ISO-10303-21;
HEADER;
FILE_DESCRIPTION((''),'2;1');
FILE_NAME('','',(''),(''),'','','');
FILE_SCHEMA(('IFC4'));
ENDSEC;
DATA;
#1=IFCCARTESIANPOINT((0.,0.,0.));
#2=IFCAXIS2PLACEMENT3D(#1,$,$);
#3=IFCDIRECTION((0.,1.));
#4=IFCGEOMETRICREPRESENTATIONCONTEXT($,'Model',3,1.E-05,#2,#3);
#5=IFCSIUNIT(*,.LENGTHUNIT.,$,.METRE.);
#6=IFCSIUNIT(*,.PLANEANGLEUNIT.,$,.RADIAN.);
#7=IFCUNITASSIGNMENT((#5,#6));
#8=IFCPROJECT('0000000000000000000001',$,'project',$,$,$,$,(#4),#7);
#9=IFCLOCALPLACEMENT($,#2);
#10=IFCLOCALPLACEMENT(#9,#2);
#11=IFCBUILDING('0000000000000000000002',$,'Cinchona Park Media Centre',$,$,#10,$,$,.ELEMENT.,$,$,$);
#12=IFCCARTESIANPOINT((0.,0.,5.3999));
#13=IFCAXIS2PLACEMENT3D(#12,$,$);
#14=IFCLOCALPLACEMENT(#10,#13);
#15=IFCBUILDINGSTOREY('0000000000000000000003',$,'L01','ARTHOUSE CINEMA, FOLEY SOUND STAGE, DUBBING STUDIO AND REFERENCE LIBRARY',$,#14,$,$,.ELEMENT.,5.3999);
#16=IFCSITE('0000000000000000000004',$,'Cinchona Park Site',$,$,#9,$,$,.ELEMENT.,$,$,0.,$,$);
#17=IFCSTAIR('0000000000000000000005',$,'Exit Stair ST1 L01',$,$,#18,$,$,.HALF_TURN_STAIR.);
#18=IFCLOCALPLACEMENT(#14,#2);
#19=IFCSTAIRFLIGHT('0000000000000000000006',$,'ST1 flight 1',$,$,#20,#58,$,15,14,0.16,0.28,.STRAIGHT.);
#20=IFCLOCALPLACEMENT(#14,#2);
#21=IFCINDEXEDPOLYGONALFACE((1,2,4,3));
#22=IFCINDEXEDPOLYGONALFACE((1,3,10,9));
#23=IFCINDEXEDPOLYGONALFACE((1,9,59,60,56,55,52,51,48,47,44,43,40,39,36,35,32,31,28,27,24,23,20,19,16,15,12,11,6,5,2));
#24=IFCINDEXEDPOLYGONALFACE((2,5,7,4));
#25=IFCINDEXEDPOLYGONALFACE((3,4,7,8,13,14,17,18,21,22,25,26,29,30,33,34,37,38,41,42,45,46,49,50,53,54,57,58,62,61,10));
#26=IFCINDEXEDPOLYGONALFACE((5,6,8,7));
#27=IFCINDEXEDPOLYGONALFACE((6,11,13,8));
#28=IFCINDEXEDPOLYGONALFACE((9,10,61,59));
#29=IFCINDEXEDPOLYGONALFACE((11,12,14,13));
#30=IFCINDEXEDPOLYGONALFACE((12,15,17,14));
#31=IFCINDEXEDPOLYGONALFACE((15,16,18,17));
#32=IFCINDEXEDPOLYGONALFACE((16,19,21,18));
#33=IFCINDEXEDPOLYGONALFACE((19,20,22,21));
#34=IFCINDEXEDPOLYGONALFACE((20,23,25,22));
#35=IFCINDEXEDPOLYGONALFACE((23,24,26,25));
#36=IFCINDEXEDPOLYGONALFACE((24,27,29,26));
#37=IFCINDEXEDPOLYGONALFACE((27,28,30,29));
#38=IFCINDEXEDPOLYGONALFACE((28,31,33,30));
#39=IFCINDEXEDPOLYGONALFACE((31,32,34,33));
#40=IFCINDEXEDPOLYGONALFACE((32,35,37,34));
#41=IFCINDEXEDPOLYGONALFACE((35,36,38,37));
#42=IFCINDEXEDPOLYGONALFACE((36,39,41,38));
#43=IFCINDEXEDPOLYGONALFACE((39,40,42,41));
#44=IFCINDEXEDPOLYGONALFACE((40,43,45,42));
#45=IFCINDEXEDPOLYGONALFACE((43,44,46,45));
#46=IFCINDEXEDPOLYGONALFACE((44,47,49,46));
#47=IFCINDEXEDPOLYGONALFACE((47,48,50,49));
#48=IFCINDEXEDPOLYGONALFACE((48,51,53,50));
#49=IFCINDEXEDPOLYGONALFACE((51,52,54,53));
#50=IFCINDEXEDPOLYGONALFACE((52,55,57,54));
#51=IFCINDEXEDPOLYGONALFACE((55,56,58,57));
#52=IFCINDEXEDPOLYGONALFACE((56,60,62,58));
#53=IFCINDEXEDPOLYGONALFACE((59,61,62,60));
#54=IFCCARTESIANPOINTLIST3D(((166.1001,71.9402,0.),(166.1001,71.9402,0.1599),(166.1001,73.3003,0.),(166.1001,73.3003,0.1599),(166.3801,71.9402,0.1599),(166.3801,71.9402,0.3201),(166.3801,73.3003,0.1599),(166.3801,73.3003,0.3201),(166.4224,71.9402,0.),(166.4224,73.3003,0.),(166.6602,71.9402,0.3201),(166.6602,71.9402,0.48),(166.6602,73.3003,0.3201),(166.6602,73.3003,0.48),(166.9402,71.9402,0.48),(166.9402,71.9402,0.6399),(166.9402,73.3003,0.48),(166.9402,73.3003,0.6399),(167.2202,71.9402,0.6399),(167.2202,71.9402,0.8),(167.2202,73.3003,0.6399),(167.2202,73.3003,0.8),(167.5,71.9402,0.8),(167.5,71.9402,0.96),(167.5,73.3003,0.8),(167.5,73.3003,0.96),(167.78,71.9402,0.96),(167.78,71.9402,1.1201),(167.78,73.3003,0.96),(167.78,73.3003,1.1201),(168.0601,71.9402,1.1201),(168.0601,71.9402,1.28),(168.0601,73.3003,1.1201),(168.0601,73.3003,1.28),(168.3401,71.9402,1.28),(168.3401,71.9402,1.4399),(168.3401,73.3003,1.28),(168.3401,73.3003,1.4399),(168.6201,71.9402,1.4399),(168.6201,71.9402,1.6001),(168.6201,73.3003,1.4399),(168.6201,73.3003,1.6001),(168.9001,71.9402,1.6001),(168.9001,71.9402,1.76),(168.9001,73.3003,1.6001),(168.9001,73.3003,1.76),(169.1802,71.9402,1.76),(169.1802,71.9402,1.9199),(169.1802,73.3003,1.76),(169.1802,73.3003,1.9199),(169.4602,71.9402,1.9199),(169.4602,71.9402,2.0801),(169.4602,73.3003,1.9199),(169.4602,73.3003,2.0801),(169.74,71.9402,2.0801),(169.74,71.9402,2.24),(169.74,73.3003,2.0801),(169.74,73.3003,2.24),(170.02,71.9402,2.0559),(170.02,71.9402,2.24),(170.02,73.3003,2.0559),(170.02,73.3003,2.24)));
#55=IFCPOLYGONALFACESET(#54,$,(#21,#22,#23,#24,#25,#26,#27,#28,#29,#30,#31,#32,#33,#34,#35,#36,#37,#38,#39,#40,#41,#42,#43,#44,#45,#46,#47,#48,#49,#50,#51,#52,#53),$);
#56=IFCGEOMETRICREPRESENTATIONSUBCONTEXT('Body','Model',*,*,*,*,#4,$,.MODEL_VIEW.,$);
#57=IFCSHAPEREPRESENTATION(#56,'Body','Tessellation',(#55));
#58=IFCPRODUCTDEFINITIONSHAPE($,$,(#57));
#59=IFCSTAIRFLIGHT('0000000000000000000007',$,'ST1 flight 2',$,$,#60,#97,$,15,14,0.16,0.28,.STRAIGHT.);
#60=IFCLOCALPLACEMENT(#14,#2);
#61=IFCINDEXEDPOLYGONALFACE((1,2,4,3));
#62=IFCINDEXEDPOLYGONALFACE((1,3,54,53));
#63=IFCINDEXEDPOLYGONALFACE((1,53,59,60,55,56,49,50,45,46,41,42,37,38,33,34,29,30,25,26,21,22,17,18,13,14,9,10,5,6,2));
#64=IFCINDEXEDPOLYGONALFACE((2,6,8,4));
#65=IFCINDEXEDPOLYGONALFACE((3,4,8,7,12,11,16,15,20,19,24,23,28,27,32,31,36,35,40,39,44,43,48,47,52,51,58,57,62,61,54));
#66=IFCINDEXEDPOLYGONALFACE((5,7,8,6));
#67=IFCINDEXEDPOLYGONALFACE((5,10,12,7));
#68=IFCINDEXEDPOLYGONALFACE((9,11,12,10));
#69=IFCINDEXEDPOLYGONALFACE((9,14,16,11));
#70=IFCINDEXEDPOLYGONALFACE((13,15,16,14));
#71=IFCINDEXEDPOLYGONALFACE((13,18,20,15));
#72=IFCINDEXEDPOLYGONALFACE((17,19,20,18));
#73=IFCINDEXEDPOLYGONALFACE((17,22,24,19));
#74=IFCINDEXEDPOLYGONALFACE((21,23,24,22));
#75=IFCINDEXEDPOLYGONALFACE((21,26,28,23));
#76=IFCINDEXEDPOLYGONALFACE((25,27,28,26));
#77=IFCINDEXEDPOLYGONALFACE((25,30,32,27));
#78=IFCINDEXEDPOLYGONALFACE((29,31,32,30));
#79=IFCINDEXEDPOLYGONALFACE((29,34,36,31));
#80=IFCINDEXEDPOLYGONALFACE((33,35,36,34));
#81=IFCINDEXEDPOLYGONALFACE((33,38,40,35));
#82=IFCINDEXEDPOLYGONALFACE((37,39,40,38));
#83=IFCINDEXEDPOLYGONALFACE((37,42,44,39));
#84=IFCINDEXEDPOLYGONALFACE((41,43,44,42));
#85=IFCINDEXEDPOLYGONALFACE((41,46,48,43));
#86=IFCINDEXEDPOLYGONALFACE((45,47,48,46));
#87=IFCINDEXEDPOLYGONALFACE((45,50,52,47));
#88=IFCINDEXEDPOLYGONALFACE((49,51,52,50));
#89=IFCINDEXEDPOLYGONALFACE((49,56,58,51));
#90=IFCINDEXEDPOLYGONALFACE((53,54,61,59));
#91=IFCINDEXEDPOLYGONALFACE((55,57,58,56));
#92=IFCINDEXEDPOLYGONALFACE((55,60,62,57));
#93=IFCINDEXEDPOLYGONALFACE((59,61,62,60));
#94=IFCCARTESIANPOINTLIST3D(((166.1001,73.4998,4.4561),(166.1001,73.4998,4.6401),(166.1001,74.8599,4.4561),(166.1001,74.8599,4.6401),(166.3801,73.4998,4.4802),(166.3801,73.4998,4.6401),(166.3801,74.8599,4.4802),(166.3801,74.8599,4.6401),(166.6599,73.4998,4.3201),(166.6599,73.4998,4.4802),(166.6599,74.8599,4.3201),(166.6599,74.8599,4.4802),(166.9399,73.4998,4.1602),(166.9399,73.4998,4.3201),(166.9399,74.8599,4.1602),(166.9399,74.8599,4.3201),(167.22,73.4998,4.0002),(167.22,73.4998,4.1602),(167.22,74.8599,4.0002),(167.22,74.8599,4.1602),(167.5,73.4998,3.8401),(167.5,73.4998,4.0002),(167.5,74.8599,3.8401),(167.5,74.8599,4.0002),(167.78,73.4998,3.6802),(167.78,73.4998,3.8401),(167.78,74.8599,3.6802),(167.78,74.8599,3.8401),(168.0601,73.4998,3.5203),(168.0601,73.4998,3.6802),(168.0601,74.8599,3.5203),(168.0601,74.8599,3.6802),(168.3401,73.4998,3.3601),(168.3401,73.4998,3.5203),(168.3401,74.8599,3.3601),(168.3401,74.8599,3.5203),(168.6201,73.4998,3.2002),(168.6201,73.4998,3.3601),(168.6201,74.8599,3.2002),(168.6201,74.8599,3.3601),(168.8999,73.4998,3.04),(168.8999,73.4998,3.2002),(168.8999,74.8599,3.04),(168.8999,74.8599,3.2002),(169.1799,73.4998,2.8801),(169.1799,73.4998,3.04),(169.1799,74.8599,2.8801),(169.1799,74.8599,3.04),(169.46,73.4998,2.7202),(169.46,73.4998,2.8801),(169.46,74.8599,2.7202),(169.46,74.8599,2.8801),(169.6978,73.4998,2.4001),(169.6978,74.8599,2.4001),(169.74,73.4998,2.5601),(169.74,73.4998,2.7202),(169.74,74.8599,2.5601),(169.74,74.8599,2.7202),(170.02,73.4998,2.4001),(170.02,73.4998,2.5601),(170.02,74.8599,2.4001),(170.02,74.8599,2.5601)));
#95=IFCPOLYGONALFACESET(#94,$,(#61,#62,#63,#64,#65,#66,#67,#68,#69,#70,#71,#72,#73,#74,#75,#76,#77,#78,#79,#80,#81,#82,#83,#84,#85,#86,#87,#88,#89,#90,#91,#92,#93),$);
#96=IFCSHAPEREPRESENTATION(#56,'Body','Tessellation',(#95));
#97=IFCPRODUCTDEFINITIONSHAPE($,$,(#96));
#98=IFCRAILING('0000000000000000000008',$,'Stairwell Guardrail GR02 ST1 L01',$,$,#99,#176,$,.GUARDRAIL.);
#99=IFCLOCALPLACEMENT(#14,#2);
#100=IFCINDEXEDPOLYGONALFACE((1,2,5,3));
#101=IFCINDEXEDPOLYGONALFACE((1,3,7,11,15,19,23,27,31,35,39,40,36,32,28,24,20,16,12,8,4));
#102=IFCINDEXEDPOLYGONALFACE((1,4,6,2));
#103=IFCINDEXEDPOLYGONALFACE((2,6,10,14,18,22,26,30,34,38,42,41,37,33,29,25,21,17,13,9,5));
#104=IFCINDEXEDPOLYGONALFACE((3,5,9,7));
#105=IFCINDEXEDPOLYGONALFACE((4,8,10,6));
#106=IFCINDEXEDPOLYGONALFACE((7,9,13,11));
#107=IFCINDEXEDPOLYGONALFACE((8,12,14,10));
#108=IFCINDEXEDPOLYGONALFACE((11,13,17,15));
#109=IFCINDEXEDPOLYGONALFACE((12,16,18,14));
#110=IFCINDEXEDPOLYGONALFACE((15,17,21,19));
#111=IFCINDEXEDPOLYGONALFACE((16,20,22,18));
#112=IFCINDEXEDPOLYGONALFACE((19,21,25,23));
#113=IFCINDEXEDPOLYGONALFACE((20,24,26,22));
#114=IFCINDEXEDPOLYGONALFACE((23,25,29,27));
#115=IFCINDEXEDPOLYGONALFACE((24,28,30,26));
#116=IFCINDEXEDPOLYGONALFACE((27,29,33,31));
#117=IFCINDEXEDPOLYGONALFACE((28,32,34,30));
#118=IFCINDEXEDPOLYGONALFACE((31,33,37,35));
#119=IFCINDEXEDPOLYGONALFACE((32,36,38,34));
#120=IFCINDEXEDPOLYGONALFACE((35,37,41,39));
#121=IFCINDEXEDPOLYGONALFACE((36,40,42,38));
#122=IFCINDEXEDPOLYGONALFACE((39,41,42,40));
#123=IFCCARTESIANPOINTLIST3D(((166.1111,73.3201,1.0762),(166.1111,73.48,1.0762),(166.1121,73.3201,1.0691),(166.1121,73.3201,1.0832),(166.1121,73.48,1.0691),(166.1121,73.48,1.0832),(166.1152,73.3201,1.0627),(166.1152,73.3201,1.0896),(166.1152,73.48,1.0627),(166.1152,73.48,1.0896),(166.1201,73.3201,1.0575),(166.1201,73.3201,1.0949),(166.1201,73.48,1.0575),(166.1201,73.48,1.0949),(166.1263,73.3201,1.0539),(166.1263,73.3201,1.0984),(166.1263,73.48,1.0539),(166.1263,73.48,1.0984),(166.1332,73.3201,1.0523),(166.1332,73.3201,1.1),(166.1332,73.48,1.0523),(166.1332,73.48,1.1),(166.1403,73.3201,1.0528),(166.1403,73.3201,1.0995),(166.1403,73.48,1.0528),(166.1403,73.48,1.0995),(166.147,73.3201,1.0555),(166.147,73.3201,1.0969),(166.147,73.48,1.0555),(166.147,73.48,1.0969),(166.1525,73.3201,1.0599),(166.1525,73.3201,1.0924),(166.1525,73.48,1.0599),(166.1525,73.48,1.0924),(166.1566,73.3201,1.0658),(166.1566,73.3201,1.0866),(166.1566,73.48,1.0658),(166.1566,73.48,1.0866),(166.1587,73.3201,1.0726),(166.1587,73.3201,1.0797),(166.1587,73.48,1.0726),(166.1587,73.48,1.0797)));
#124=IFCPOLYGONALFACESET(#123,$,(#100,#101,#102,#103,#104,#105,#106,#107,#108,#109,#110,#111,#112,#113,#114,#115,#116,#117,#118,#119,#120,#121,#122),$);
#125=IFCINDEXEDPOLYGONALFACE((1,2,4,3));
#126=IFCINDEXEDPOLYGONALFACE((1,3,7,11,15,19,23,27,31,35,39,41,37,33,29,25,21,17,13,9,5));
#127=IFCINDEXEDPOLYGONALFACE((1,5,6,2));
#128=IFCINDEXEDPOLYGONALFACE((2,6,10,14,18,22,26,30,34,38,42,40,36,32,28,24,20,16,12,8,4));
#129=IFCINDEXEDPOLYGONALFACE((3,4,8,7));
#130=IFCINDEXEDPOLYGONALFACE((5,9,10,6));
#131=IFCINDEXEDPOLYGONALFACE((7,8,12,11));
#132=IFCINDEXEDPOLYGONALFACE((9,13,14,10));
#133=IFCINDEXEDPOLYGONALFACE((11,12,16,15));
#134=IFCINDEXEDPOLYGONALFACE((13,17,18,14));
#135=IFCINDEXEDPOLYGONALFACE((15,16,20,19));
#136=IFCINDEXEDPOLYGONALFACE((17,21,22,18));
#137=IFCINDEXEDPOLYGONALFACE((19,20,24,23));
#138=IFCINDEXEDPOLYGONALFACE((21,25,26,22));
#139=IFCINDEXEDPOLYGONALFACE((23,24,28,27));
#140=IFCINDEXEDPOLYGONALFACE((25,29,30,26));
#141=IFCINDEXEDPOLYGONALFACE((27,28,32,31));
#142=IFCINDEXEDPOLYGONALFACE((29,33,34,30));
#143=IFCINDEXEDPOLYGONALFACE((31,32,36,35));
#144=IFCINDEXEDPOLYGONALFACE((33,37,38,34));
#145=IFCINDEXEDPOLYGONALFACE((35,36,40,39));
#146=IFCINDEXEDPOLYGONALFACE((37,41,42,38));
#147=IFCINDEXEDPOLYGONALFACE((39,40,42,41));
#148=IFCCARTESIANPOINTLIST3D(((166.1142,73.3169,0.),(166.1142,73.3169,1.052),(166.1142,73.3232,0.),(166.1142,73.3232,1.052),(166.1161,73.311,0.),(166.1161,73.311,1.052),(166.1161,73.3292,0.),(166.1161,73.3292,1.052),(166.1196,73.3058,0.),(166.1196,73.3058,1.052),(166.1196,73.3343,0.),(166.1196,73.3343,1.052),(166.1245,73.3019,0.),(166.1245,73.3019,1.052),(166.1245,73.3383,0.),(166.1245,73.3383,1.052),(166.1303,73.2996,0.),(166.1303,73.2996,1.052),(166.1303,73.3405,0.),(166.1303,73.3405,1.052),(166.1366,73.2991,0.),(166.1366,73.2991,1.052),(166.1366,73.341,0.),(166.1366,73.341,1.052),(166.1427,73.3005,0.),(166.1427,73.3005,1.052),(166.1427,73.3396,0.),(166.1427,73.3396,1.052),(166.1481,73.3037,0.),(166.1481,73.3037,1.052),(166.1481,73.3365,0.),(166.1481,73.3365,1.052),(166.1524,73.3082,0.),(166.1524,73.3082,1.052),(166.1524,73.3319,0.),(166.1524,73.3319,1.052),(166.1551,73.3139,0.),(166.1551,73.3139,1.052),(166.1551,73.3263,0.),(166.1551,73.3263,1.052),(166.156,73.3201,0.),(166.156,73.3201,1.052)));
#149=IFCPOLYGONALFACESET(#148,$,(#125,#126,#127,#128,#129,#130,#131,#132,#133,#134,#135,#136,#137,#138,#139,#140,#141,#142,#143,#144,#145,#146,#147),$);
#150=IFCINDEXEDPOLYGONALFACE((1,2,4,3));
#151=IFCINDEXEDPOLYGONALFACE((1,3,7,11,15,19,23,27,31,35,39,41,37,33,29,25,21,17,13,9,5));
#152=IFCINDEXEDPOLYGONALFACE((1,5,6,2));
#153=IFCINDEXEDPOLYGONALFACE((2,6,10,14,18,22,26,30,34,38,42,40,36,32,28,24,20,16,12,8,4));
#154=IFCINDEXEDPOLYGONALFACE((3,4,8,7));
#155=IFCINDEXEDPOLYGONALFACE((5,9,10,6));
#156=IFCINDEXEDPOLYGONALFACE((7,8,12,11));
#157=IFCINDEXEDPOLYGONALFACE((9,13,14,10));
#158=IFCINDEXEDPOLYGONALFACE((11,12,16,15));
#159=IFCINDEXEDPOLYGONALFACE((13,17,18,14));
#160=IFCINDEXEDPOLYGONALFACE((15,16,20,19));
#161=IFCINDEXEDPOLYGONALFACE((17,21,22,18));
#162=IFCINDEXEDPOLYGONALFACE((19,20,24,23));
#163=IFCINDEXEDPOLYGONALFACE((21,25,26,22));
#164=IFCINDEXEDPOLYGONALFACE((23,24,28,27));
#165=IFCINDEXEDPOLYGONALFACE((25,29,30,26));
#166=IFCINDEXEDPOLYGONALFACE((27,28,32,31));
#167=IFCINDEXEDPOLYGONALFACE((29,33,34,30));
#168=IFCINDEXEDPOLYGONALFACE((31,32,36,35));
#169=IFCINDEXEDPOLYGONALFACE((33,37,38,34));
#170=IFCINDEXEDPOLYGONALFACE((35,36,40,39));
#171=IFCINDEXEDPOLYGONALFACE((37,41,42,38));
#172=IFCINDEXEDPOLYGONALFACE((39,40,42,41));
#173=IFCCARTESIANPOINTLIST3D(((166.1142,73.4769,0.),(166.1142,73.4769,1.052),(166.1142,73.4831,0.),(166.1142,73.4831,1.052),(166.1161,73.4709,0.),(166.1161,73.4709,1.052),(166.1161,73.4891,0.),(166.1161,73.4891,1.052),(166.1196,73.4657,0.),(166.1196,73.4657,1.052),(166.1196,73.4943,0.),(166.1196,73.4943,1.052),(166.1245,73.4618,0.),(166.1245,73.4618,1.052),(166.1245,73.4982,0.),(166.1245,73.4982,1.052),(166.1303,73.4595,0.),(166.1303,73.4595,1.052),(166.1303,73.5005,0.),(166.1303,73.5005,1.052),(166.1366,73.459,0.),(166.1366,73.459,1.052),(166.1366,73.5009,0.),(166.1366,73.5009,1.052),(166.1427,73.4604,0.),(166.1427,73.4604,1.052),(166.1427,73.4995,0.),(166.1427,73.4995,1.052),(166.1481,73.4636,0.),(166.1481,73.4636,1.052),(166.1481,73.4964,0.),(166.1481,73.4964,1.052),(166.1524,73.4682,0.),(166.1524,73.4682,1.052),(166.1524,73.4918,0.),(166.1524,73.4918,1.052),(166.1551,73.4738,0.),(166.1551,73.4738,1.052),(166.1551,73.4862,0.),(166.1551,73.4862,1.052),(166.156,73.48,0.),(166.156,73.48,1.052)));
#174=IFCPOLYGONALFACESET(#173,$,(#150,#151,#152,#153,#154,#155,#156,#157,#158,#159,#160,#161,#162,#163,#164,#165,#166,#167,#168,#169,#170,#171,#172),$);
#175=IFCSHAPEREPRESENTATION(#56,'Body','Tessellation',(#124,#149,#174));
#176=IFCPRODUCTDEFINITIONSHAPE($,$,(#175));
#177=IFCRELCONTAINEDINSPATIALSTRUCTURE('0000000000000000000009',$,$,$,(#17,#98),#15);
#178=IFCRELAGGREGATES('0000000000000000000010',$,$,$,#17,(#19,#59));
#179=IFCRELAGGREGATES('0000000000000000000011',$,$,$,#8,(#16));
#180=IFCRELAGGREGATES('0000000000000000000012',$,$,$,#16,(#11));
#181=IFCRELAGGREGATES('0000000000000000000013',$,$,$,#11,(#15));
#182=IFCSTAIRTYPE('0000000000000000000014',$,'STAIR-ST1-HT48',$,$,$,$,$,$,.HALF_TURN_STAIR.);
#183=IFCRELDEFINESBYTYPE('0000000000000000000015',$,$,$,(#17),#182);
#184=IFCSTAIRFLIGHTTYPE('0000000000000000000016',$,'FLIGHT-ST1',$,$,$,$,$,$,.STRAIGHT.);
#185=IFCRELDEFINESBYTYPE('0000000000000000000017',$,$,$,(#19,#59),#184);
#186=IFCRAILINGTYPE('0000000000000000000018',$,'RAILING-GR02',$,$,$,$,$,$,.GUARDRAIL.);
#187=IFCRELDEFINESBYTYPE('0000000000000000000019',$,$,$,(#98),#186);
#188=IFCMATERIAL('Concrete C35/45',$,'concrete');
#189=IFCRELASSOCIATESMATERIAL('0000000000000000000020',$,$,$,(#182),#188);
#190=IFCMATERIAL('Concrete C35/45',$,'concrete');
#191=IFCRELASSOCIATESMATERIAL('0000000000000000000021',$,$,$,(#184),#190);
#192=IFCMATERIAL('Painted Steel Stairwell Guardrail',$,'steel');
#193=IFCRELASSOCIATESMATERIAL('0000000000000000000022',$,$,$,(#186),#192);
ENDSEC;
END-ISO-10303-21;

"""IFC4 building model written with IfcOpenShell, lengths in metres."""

from ifc_helpers import new_model, si_unit, direction, frame, origin, origin_2d, place, context, subcontext, project, spatial, polyline, circle, outline, extrude, material, type_object, element, aggregate, save


model = new_model("IFC4")

# Units and contexts
model_context = context("Model", 3, precision=1e-05, world=origin(), true_north=direction((0.0, 1.0)))
body_context = subcontext(model_context, "Body", "Model", "MODEL_VIEW")
ifc_project = project(units=[si_unit("LENGTHUNIT", "METRE"), si_unit("PLANEANGLEUNIT", "RADIAN")], contexts=[model_context])

# Site, building, storey
site_placement = place(None, origin())
site = spatial("IfcSite", under=ifc_project, at=site_placement, Name="Cinchona Park Site", CompositionType="ELEMENT", RefElevation=0.0)
building_placement = place(site_placement, origin())
building = spatial("IfcBuilding", under=site, at=building_placement, Name="Cinchona Park Media Centre", CompositionType="ELEMENT")
storey_placement = place(building_placement, frame((0.0, 0.0, 5.3999)))
storey = spatial("IfcBuildingStorey", under=building, at=storey_placement, Name="L01", Description="ARTHOUSE CINEMA, FOLEY SOUND STAGE, DUBBING STUDIO AND REFERENCE LIBRARY", CompositionType="ELEMENT", Elevation=5.3999)

# Stair, stair flights
ifc_material_1 = material(Name="Concrete C35/45", Category="concrete")
stair_type = type_object("IfcStairType", Name="STAIR-ST1-HT48", PredefinedType="HALF_TURN_STAIR", material=ifc_material_1)
stair_placement = place(storey_placement, origin())
stair = element("IfcStair", 1, at=stair_placement, inside=storey, type_object=stair_type, Name="Exit Stair ST1 L01", PredefinedType="HALF_TURN_STAIR")
ifc_material_2 = material(Name="Concrete C35/45", Category="concrete")
stair_flight_type = type_object("IfcStairFlightType", Name="FLIGHT-ST1", PredefinedType="STRAIGHT", material=ifc_material_2)
stair_flight_1_placement = place(storey_placement, frame((166.1001, 72.6201, 0.0), z_axis=(0.0, 0.0, 1.0), x_axis=(1.0, 0.0, 0.0)))
stair_flight_1 = element("IfcStairFlight", 2, at=stair_flight_1_placement, type_object=stair_flight_type, Name="ST1 flight 1", NumberOfRisers=15, NumberOfTreads=14, PredefinedType="STRAIGHT", RiserHeight=0.16, TreadLength=0.28, context=body_context, shape_type="SweptSolid", body=[
    extrude(outline(polyline([(0.0, 0.0), (0.0, 0.1599), (0.28, 0.1599), (0.28, 0.3201), (0.5601, 0.3201), (0.5601, 0.48), (0.8401, 0.48), (0.8401, 0.6399), (1.1201, 0.6399), (1.1201, 0.8), (1.3999, 0.8), (1.3999, 0.96), (1.6799, 0.96), (1.6799, 1.1201), (1.96, 1.1201), (1.96, 1.28), (2.24, 1.28), (2.24, 1.4399), (2.52, 1.4399), (2.52, 1.6001), (2.8, 1.6001), (2.8, 1.76), (3.0801, 1.76), (3.0801, 1.9199), (3.3601, 1.9199), (3.3601, 2.0801), (3.6399, 2.0801), (3.6399, 2.24), (3.9199, 2.24), (3.9199, 2.3999), (3.9199, 2.0559), (0.3223, 0.0), (0.0, 0.0)])), frame((0.0, 0.6802, 0.0), z_axis=(0.0, -1.0, 0.0), x_axis=(1.0, 0.0, 0.0)), (0.0, 0.0, 1.0), 1.3601),
])
stair_flight_2_placement = place(storey_placement, frame((170.02, 74.1799, 2.4001), z_axis=(0.0, 0.0, 1.0), x_axis=(-1.0, 0.0, 0.0)))
stair_flight_2 = element("IfcStairFlight", 3, at=stair_flight_2_placement, type_object=stair_flight_type, Name="ST1 flight 2", NumberOfRisers=15, NumberOfTreads=14, PredefinedType="STRAIGHT", RiserHeight=0.16, TreadLength=0.28, context=body_context, shape_type="SweptSolid", body=[
    extrude(outline(polyline([(0.0, 0.0), (0.0, 0.1599), (0.28, 0.1599), (0.28, 0.3201), (0.5601, 0.3201), (0.5601, 0.48), (0.8401, 0.48), (0.8401, 0.6399), (1.1201, 0.6399), (1.1201, 0.8), (1.3999, 0.8), (1.3999, 0.96), (1.6799, 0.96), (1.6799, 1.1201), (1.96, 1.1201), (1.96, 1.28), (2.24, 1.28), (2.24, 1.4399), (2.52, 1.4399), (2.52, 1.6001), (2.8, 1.6001), (2.8, 1.76), (3.0801, 1.76), (3.0801, 1.9199), (3.3601, 1.9199), (3.3601, 2.0801), (3.6399, 2.0801), (3.6399, 2.24), (3.9199, 2.24), (3.9199, 2.3999), (3.9199, 2.0559), (0.3223, 0.0), (0.0, 0.0)])), frame((0.0, 0.6802, 0.0), z_axis=(0.0, -1.0, 0.0), x_axis=(1.0, 0.0, 0.0)), (0.0, 0.0, 1.0), 1.3601),
])
aggregate(stair, [stair_flight_1, stair_flight_2])

# Railing
ifc_material_3 = material(Name="Painted Steel Stairwell Guardrail", Category="steel")
railing_type_1 = type_object("IfcRailingType", Name="RAILING-GR02", PredefinedType="GUARDRAIL", material=ifc_material_3)
for number, where, name in (
    (4, (166.135, 73.3201, 0.0), "Stairwell Guardrail GR02 ST1 L01"),
):
    element("IfcRailing", number, at=place(storey_placement, frame(where)), inside=storey, type_object=railing_type_1, Name=name, PredefinedType="GUARDRAIL", context=body_context, shape_type="SweptSolid", body=[
        extrude(circle(Radius=0.0239, at=origin_2d()), frame((0.0, 0.0, 1.0762), z_axis=(0.0, 1.0, 0.0), x_axis=(-1.0, 0.0, 0.0)), (0.0, 0.0, 1.0), 0.1599),
        extrude(circle(Radius=0.021, at=origin_2d()), origin(), (0.0, 0.0, 1.0), 1.052),
        extrude(circle(Radius=0.021, at=origin_2d()), frame((0.0, 0.1599, 0.0)), (0.0, 0.0, 1.0), 1.052),
    ])

save(model, "model.ifc")
